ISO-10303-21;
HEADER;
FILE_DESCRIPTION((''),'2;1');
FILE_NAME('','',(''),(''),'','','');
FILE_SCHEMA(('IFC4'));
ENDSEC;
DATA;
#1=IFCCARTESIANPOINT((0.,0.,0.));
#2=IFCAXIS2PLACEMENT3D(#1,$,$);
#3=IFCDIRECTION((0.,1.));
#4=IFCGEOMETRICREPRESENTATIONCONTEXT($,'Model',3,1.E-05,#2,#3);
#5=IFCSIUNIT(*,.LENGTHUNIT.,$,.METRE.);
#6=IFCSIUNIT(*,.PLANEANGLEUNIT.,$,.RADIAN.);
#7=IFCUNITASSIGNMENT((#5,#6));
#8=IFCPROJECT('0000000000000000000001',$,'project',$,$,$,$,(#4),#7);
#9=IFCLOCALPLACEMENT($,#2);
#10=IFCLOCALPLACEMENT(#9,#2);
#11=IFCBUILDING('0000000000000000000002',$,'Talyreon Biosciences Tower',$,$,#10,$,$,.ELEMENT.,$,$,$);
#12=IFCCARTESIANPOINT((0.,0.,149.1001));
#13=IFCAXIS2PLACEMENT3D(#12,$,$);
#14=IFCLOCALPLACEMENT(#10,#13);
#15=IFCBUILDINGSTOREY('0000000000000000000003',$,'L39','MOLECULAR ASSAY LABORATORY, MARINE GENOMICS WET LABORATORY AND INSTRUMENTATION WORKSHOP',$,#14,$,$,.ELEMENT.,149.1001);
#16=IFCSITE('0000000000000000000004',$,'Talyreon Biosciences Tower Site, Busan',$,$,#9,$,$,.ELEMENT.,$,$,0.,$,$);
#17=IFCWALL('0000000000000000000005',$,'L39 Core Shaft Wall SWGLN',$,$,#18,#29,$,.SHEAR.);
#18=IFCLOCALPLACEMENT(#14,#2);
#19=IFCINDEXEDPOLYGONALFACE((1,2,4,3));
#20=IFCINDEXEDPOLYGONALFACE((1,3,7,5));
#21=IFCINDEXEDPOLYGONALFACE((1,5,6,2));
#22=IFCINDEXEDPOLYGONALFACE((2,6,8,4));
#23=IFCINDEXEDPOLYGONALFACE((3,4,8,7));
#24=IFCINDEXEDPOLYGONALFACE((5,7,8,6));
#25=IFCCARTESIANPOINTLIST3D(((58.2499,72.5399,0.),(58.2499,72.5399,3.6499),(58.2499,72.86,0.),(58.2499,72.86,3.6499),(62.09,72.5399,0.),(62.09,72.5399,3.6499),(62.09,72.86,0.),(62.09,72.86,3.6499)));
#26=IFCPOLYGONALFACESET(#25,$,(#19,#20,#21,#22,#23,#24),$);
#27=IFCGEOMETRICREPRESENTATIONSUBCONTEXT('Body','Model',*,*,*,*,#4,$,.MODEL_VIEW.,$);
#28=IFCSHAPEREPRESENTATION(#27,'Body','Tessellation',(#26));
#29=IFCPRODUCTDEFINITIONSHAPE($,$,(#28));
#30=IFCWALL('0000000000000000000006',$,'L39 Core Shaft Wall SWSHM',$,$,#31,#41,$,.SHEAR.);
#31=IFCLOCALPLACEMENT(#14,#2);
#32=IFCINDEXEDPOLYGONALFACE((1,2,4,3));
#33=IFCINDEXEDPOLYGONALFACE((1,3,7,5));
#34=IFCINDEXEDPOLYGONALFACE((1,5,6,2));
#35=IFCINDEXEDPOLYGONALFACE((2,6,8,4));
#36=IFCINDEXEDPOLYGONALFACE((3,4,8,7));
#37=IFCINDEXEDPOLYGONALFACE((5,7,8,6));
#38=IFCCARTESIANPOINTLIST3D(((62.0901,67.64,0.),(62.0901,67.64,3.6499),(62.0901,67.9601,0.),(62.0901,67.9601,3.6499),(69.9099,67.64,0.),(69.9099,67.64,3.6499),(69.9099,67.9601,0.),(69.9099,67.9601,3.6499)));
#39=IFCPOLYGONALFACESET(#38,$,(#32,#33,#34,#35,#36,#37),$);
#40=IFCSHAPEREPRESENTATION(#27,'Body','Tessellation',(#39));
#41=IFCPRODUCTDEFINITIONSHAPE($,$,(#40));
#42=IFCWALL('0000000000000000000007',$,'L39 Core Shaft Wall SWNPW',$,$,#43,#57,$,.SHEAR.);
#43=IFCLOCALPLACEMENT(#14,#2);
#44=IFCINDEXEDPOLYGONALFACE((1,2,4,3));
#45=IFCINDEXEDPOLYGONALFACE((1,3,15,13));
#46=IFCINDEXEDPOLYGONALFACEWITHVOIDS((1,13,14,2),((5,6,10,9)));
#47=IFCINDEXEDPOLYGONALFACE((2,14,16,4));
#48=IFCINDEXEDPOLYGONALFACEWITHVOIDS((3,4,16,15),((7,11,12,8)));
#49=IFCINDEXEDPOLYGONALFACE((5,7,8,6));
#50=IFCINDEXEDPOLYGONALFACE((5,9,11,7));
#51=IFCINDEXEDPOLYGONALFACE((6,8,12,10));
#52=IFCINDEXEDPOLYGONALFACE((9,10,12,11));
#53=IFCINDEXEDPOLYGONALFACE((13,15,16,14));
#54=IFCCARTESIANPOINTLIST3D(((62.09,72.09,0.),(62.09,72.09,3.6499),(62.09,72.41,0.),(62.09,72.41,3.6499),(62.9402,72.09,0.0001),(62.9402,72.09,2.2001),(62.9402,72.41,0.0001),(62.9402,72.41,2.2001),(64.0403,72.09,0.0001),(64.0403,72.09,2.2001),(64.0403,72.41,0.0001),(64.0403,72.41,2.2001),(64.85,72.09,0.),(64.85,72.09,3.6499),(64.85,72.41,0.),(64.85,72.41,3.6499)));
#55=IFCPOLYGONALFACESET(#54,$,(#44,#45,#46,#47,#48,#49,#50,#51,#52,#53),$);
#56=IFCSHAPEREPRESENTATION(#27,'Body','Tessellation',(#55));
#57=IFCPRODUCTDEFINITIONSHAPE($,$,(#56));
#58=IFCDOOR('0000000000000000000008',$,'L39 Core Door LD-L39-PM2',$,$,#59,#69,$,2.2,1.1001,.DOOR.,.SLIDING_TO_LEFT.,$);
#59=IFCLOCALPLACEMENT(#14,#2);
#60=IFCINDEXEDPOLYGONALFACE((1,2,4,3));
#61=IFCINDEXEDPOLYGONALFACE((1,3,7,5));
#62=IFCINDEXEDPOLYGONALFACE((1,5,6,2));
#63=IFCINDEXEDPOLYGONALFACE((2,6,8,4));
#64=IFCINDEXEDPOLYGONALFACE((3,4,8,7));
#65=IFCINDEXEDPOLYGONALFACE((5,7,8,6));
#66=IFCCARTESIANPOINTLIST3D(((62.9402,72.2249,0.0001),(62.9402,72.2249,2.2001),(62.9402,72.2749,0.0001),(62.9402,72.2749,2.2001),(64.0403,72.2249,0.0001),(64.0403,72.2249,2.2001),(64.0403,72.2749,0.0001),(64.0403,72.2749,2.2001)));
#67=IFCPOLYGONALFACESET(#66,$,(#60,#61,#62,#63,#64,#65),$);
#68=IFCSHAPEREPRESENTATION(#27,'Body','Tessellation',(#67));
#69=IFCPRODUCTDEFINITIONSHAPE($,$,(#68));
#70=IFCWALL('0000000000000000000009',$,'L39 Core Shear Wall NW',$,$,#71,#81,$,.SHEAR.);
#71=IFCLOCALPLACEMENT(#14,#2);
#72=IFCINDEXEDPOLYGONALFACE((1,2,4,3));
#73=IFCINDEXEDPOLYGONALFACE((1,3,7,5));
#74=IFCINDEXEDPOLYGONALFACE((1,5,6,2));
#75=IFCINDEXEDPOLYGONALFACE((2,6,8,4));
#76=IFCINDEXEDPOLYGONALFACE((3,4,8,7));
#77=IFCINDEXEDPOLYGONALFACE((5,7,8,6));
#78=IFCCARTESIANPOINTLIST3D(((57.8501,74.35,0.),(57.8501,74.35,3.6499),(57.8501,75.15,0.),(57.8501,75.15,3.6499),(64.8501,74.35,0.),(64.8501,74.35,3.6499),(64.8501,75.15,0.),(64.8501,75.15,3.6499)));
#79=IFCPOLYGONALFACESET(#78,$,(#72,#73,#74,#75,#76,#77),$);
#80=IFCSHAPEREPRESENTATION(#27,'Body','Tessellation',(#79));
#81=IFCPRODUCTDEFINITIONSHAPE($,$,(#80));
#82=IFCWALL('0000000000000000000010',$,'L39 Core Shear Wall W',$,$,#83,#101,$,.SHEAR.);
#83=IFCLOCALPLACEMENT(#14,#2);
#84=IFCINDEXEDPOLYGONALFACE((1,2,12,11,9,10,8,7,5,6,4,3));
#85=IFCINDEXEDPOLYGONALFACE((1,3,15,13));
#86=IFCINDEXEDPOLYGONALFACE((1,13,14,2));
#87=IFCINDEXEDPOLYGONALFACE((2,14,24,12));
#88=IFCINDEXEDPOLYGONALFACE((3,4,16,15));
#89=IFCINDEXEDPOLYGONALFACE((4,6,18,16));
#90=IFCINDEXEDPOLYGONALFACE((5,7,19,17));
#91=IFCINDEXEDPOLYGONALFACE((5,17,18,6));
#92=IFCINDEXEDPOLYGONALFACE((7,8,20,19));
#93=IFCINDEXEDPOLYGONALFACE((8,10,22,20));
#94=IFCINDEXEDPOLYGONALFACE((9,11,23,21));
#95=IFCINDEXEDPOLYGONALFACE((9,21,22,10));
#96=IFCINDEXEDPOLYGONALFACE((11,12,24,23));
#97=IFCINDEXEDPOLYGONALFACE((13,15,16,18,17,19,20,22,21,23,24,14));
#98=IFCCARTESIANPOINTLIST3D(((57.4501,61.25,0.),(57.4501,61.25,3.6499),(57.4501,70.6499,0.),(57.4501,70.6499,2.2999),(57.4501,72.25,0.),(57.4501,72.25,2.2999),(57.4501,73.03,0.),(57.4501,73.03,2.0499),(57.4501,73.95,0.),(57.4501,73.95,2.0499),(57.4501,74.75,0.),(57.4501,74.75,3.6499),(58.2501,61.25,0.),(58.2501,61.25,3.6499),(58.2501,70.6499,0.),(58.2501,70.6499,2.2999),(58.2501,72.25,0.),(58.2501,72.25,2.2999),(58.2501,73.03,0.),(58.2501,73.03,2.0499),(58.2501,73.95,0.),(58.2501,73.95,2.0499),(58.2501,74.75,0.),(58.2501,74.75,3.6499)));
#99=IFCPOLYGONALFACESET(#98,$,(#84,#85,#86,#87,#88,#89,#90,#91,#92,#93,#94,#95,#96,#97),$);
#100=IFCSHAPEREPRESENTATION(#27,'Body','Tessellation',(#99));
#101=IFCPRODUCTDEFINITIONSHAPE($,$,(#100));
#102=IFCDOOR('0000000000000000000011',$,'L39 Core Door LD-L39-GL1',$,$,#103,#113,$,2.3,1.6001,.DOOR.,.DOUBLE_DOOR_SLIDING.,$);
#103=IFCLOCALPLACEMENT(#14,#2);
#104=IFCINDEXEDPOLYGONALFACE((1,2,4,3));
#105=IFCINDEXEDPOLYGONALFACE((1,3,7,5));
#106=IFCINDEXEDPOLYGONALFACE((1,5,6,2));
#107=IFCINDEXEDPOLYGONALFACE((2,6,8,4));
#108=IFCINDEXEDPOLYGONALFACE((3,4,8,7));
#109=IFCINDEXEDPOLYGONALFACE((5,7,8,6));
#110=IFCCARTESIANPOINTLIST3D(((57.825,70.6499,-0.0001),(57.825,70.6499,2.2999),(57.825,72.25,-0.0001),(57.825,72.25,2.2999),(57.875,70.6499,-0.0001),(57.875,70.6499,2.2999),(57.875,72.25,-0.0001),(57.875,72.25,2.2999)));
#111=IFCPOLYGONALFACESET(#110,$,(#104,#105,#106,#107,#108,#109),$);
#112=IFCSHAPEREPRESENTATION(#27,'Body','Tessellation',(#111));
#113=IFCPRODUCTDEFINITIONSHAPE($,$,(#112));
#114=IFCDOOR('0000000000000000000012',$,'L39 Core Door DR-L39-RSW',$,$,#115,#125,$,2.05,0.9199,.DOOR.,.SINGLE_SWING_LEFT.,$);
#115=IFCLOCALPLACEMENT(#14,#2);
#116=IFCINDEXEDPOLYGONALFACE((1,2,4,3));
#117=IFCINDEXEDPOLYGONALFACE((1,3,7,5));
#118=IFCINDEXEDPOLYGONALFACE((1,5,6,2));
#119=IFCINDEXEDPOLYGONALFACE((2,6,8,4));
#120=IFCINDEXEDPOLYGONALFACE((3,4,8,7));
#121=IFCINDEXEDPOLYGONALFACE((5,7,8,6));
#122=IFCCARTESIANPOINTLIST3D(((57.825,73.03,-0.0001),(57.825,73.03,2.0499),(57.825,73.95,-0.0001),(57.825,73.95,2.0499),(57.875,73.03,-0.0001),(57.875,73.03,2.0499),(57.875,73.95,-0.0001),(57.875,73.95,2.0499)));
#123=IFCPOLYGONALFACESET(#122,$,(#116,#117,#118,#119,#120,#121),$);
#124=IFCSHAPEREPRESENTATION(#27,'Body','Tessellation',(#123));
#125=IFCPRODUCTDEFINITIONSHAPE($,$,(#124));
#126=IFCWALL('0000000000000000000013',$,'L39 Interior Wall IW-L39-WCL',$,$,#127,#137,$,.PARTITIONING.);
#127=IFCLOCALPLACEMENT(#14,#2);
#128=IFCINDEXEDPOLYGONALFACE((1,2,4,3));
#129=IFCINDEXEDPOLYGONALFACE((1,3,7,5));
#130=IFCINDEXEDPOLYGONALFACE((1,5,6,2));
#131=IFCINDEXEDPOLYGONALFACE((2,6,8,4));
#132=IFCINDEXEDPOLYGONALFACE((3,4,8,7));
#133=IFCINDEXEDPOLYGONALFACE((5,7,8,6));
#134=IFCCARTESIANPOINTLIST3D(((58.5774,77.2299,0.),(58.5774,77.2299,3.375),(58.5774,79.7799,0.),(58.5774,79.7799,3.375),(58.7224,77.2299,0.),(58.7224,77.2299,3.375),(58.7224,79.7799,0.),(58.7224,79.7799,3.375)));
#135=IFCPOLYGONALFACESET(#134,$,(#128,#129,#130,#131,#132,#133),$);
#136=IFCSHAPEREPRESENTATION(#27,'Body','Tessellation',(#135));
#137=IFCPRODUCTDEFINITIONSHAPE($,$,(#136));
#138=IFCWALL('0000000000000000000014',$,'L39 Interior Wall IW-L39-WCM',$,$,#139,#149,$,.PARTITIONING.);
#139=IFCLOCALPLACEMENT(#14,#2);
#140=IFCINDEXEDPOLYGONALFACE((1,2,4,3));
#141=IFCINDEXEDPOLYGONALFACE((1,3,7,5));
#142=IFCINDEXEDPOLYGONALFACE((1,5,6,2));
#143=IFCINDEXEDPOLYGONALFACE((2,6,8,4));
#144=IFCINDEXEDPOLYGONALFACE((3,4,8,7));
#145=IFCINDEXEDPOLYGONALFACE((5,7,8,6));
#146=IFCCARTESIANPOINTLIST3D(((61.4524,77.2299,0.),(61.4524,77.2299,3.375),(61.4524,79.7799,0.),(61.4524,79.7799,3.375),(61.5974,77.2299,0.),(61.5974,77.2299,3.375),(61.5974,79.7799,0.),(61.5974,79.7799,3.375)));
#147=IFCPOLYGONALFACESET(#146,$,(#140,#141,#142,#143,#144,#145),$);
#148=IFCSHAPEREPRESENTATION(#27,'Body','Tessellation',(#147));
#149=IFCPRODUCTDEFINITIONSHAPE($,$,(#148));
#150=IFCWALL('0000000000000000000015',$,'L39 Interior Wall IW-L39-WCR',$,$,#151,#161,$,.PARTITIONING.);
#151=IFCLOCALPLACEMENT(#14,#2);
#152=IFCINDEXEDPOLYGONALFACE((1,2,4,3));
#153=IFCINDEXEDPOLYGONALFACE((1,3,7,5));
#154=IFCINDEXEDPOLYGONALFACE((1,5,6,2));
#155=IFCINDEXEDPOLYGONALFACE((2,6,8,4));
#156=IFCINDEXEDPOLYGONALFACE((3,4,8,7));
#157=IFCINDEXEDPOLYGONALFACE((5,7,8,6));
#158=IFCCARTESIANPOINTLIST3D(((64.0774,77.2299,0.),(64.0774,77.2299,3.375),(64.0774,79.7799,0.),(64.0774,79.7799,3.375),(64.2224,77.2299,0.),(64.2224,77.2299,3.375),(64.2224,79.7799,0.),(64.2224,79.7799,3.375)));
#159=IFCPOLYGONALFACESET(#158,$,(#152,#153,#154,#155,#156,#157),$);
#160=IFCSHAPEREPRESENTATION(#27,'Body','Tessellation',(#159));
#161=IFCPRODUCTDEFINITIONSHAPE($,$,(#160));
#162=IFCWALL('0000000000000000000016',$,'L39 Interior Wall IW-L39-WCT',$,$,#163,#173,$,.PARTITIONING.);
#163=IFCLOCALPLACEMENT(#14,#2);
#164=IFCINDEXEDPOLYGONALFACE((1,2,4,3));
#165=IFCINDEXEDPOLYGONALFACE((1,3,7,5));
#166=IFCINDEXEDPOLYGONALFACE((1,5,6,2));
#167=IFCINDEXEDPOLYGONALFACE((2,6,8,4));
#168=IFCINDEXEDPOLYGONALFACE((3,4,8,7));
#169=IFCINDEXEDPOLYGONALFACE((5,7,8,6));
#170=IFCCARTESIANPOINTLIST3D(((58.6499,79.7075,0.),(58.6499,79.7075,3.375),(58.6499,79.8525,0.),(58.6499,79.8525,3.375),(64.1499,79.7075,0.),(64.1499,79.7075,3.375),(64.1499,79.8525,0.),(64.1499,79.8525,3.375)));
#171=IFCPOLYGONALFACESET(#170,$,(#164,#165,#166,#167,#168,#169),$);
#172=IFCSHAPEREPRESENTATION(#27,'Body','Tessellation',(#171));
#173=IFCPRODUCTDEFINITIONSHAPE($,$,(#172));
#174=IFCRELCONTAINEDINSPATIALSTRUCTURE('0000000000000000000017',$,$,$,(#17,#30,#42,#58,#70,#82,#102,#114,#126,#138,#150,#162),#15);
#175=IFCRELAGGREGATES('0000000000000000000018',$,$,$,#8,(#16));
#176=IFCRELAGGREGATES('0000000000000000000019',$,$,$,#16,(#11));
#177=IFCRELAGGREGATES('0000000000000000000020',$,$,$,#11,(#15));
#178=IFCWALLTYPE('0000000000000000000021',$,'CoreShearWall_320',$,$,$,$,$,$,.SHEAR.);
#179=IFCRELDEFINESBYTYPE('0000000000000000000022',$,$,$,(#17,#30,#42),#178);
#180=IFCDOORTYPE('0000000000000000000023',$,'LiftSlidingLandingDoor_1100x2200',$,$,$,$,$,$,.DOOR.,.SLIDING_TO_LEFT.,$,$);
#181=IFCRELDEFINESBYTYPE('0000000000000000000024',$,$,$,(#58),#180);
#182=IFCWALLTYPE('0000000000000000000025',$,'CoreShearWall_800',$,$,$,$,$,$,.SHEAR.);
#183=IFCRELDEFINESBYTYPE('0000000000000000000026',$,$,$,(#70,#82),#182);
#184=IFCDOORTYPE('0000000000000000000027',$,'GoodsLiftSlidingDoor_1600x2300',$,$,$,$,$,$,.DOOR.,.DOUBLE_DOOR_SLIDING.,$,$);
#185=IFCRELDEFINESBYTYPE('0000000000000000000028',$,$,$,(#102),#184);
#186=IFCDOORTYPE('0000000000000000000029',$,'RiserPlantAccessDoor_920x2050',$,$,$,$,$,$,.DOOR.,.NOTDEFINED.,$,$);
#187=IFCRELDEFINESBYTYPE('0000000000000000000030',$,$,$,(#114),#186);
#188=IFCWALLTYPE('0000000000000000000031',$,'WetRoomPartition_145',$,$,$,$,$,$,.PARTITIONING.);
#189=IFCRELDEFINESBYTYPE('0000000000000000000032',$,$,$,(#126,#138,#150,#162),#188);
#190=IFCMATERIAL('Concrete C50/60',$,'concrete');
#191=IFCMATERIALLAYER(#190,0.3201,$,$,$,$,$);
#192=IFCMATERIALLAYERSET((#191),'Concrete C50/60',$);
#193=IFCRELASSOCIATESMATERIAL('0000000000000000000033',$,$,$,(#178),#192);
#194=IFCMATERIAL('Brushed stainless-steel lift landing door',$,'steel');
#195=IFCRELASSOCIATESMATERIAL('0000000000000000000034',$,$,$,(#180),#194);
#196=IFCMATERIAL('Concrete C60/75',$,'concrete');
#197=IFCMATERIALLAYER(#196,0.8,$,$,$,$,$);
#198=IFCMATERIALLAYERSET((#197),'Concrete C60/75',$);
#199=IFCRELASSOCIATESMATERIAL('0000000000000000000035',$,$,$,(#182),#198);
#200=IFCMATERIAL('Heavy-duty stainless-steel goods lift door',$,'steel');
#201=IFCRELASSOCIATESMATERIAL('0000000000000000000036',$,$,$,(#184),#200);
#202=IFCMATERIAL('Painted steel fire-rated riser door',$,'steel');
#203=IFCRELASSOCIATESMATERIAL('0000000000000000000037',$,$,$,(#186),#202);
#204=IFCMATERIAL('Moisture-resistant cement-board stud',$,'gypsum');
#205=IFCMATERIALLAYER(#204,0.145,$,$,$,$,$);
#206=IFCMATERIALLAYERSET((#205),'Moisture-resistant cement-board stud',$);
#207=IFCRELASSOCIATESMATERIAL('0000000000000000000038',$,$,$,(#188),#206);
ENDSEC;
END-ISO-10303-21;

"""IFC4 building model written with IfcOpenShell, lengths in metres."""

from ifc_helpers import new_model, si_unit, direction, frame, frame_2d, origin, place, context, subcontext, project, spatial, rectangle, extrude, material, layer, layer_set, type_object, element, fill, save


model = new_model("IFC4")

# Units and contexts
model_context = context("Model", 3, precision=1e-05, world=origin(), true_north=direction((0.0, 1.0)))
body_context = subcontext(model_context, "Body", "Model", "MODEL_VIEW")
ifc_project = project(units=[si_unit("LENGTHUNIT", "METRE"), si_unit("PLANEANGLEUNIT", "RADIAN")], contexts=[model_context])

# Site, building, storey
site_placement = place(None, origin())
site = spatial("IfcSite", under=ifc_project, at=site_placement, Name="Talyreon Biosciences Tower Site, Busan", CompositionType="ELEMENT", RefElevation=0.0)
building_placement = place(site_placement, origin())
building = spatial("IfcBuilding", under=site, at=building_placement, Name="Talyreon Biosciences Tower", CompositionType="ELEMENT")
storey_placement = place(building_placement, frame((0.0, 0.0, 149.1001)))
storey = spatial("IfcBuildingStorey", under=building, at=storey_placement, Name="L39", Description="MOLECULAR ASSAY LABORATORY, MARINE GENOMICS WET LABORATORY AND INSTRUMENTATION WORKSHOP", CompositionType="ELEMENT", Elevation=149.1001)

# Shared definitions
ifc_material_1 = material(Name="Concrete C60/75", Category="concrete")
ifc_material_2 = material(Name="Concrete C50/60", Category="concrete")

# Walls
ifc_layer_1 = layer(ifc_material_2, 0.3201)
ifc_layer_set_1 = layer_set([ifc_layer_1], Name="Concrete C50/60")
wall_type_1 = type_object("IfcWallType", Name="CoreShearWall_320", PredefinedType="SHEAR", material=ifc_layer_set_1)
for number, where, z_axis, x_axis, name in (
    (1, (58.25, 72.7, 0.0), (0.0, 0.0, 1.0), (1.0, 0.0, 0.0), "L39 Core Shaft Wall SWGLN"),
):
    element("IfcWall", number, at=place(storey_placement, frame(where, z_axis=z_axis, x_axis=x_axis)), inside=storey, type_object=wall_type_1, Name=name, PredefinedType="SHEAR", context=body_context, shape_type="SweptSolid", body=[
        extrude(rectangle(XDim=3.8401, YDim=0.3201, at=frame_2d((1.9199, 0.0))), origin(), (0.0, 0.0, 1.0), 3.6499),
    ])
wall_1_placement = place(storey_placement, frame((62.0901, 67.8, 0.0), z_axis=(0.0, 0.0, 1.0), x_axis=(1.0, 0.0, 0.0)))
element("IfcWall", 2, at=wall_1_placement, inside=storey, type_object=wall_type_1, Name="L39 Core Shaft Wall SWSHM", PredefinedType="SHEAR", context=body_context, shape_type="SweptSolid", body=[
    extrude(rectangle(XDim=7.8198, YDim=0.3201, at=frame_2d((3.9099, 0.0))), origin(), (0.0, 0.0, 1.0), 3.6499),
])

# Shared definitions
ifc_material_3 = material(Name="Brushed stainless-steel lift landing door", Category="steel")
door_type_1 = type_object("IfcDoorType", Name="LiftSlidingLandingDoor_1100x2200", OperationType="SLIDING_TO_LEFT", PredefinedType="DOOR", material=ifc_material_3)

# Wall, opening, door
wall_2_placement = place(storey_placement, frame((62.0901, 72.25, 0.0), z_axis=(0.0, 0.0, 1.0), x_axis=(1.0, 0.0, 0.0)))
wall_2 = element("IfcWall", 3, at=wall_2_placement, inside=storey, type_object=wall_type_1, Name="L39 Core Shaft Wall SWNPW", PredefinedType="SHEAR", context=body_context, shape_type="SweptSolid", body=[
    extrude(rectangle(XDim=2.76, YDim=0.3201, at=frame_2d((1.3799, 0.0))), origin(), (0.0, 0.0, 1.0), 3.6499),
])
opening_1_placement = place(wall_2_placement, frame((0.8501, 0.0, 0.0)))
opening_1 = element("IfcOpeningElement", 4, at=opening_1_placement, cuts=wall_2, PredefinedType="OPENING", context=body_context, shape_type="SweptSolid", body=[
    extrude(rectangle(XDim=1.1001, YDim=2.2, at=frame_2d((0.55, 1.1001))), frame((0.0, 0.1699, 0.0), z_axis=(0.0, -1.0, 0.0), x_axis=(1.0, 0.0, 0.0)), (0.0, 0.0, 1.0), 0.3401),
])
door_1_placement = place(opening_1_placement, origin())
door_1 = element("IfcDoor", 5, at=door_1_placement, inside=storey, type_object=door_type_1, Name="L39 Core Door LD-L39-PM2", OperationType="SLIDING_TO_LEFT", OverallHeight=2.2, OverallWidth=1.1001, PredefinedType="DOOR", context=body_context, shape_type="SweptSolid", body=[
    extrude(rectangle(XDim=1.1001, YDim=2.2, at=frame_2d((0.55, 1.1001))), frame((0.0, 0.0249, 0.0), z_axis=(0.0, -1.0, 0.0), x_axis=(1.0, 0.0, 0.0)), (0.0, 0.0, 1.0), 0.05),
])
fill(opening_1, door_1)

# Wall
ifc_layer_2 = layer(ifc_material_1, 0.8)
ifc_layer_set_2 = layer_set([ifc_layer_2], Name="Concrete C60/75")
wall_type_2 = type_object("IfcWallType", Name="CoreShearWall_800", PredefinedType="SHEAR", material=ifc_layer_set_2)
wall_3_placement = place(storey_placement, frame((64.8501, 74.75, 0.0), z_axis=(0.0, 0.0, 1.0), x_axis=(-1.0, 0.0, 0.0)))
element("IfcWall", 6, at=wall_3_placement, inside=storey, type_object=wall_type_2, Name="L39 Core Shear Wall NW", PredefinedType="SHEAR", context=body_context, shape_type="SweptSolid", body=[
    extrude(rectangle(XDim=7.0, YDim=0.8, at=frame_2d((3.5, 0.0))), origin(), (0.0, 0.0, 1.0), 3.6499),
])

# Wall, openings, doors
wall_4_placement = place(storey_placement, frame((57.8501, 74.75, 0.0), z_axis=(0.0, 0.0, 1.0), x_axis=(0.0, -1.0, 0.0)))
wall_4 = element("IfcWall", 7, at=wall_4_placement, inside=storey, type_object=wall_type_2, Name="L39 Core Shear Wall W", PredefinedType="SHEAR", context=body_context, shape_type="SweptSolid", body=[
    extrude(rectangle(XDim=13.5, YDim=0.8, at=frame_2d((6.75, 0.0))), origin(), (0.0, 0.0, 1.0), 3.6499),
])
opening_2_placement = place(wall_4_placement, frame((0.8, 0.0, 0.0)))
opening_2 = element("IfcOpeningElement", 8, at=opening_2_placement, cuts=wall_4, PredefinedType="OPENING", context=body_context, shape_type="SweptSolid", body=[
    extrude(rectangle(XDim=0.9199, YDim=2.05, at=frame_2d((0.46, 1.0249))), frame((0.0, 0.4099, 0.0), z_axis=(0.0, -1.0, 0.0), x_axis=(1.0, 0.0, 0.0)), (0.0, 0.0, 1.0), 0.8201),
])
opening_3_placement = place(wall_4_placement, frame((2.5, 0.0, 0.0)))
opening_3 = element("IfcOpeningElement", 9, at=opening_3_placement, cuts=wall_4, PredefinedType="OPENING", context=body_context, shape_type="SweptSolid", body=[
    extrude(rectangle(XDim=1.6001, YDim=2.3, at=frame_2d((0.8, 1.1499))), frame((0.0, 0.4099, 0.0), z_axis=(0.0, -1.0, 0.0), x_axis=(1.0, 0.0, 0.0)), (0.0, 0.0, 1.0), 0.8201),
])
ifc_material_4 = material(Name="Heavy-duty stainless-steel goods lift door", Category="steel")
door_type_2 = type_object("IfcDoorType", Name="GoodsLiftSlidingDoor_1600x2300", OperationType="DOUBLE_DOOR_SLIDING", PredefinedType="DOOR", material=ifc_material_4)
door_2_placement = place(opening_3_placement, origin())
door_2 = element("IfcDoor", 10, at=door_2_placement, inside=storey, type_object=door_type_2, Name="L39 Core Door LD-L39-GL1", OperationType="DOUBLE_DOOR_SLIDING", OverallHeight=2.3, OverallWidth=1.6001, PredefinedType="DOOR", context=body_context, shape_type="SweptSolid", body=[
    extrude(rectangle(XDim=1.6001, YDim=2.3, at=frame_2d((0.8, 1.1499))), frame((0.0, 0.0249, 0.0), z_axis=(0.0, -1.0, 0.0), x_axis=(1.0, 0.0, 0.0)), (0.0, 0.0, 1.0), 0.05),
])
fill(opening_3, door_2)
ifc_material_5 = material(Name="Painted steel fire-rated riser door", Category="steel")
door_type_3 = type_object("IfcDoorType", Name="RiserPlantAccessDoor_920x2050", OperationType="NOTDEFINED", PredefinedType="DOOR", material=ifc_material_5)
door_3_placement = place(opening_2_placement, origin())
door_3 = element("IfcDoor", 11, at=door_3_placement, inside=storey, type_object=door_type_3, Name="L39 Core Door DR-L39-RSW", OperationType="SINGLE_SWING_LEFT", OverallHeight=2.05, OverallWidth=0.9199, PredefinedType="DOOR", context=body_context, shape_type="SweptSolid", body=[
    extrude(rectangle(XDim=0.9199, YDim=2.05, at=frame_2d((0.46, 1.0249))), frame((0.0, 0.0249, 0.0), z_axis=(0.0, -1.0, 0.0), x_axis=(1.0, 0.0, 0.0)), (0.0, 0.0, 1.0), 0.05),
])
fill(opening_2, door_3)

# Walls
ifc_material_6 = material(Name="Moisture-resistant cement-board stud", Category="gypsum")
ifc_layer_3 = layer(ifc_material_6, 0.145)
ifc_layer_set_3 = layer_set([ifc_layer_3], Name="Moisture-resistant cement-board stud")
wall_type_3 = type_object("IfcWallType", Name="WetRoomPartition_145", PredefinedType="PARTITIONING", material=ifc_layer_set_3)
for number, where, z_axis, x_axis, name in (
    (12, (58.6499, 77.23, 0.0), (0.0, 0.0, 1.0), (0.0, 1.0, 0.0), "L39 Interior Wall IW-L39-WCL"),
    (13, (61.5249, 77.23, 0.0), (0.0, 0.0, 1.0), (0.0, 1.0, 0.0), "L39 Interior Wall IW-L39-WCM"),
    (14, (64.1499, 77.23, 0.0), (0.0, 0.0, 1.0), (0.0, 1.0, 0.0), "L39 Interior Wall IW-L39-WCR"),
):
    element("IfcWall", number, at=place(storey_placement, frame(where, z_axis=z_axis, x_axis=x_axis)), inside=storey, type_object=wall_type_3, Name=name, PredefinedType="PARTITIONING", context=body_context, shape_type="SweptSolid", body=[
        extrude(rectangle(XDim=2.55, YDim=0.145, at=frame_2d((1.2749, 0.0))), origin(), (0.0, 0.0, 1.0), 3.375),
    ])
wall_5_placement = place(storey_placement, frame((58.6499, 79.78, 0.0), z_axis=(0.0, 0.0, 1.0), x_axis=(1.0, 0.0, 0.0)))
element("IfcWall", 15, at=wall_5_placement, inside=storey, type_object=wall_type_3, Name="L39 Interior Wall IW-L39-WCT", PredefinedType="PARTITIONING", context=body_context, shape_type="SweptSolid", body=[
    extrude(rectangle(XDim=5.5, YDim=0.145, at=frame_2d((2.75, 0.0))), origin(), (0.0, 0.0, 1.0), 3.375),
])

save(model, "model.ifc")
